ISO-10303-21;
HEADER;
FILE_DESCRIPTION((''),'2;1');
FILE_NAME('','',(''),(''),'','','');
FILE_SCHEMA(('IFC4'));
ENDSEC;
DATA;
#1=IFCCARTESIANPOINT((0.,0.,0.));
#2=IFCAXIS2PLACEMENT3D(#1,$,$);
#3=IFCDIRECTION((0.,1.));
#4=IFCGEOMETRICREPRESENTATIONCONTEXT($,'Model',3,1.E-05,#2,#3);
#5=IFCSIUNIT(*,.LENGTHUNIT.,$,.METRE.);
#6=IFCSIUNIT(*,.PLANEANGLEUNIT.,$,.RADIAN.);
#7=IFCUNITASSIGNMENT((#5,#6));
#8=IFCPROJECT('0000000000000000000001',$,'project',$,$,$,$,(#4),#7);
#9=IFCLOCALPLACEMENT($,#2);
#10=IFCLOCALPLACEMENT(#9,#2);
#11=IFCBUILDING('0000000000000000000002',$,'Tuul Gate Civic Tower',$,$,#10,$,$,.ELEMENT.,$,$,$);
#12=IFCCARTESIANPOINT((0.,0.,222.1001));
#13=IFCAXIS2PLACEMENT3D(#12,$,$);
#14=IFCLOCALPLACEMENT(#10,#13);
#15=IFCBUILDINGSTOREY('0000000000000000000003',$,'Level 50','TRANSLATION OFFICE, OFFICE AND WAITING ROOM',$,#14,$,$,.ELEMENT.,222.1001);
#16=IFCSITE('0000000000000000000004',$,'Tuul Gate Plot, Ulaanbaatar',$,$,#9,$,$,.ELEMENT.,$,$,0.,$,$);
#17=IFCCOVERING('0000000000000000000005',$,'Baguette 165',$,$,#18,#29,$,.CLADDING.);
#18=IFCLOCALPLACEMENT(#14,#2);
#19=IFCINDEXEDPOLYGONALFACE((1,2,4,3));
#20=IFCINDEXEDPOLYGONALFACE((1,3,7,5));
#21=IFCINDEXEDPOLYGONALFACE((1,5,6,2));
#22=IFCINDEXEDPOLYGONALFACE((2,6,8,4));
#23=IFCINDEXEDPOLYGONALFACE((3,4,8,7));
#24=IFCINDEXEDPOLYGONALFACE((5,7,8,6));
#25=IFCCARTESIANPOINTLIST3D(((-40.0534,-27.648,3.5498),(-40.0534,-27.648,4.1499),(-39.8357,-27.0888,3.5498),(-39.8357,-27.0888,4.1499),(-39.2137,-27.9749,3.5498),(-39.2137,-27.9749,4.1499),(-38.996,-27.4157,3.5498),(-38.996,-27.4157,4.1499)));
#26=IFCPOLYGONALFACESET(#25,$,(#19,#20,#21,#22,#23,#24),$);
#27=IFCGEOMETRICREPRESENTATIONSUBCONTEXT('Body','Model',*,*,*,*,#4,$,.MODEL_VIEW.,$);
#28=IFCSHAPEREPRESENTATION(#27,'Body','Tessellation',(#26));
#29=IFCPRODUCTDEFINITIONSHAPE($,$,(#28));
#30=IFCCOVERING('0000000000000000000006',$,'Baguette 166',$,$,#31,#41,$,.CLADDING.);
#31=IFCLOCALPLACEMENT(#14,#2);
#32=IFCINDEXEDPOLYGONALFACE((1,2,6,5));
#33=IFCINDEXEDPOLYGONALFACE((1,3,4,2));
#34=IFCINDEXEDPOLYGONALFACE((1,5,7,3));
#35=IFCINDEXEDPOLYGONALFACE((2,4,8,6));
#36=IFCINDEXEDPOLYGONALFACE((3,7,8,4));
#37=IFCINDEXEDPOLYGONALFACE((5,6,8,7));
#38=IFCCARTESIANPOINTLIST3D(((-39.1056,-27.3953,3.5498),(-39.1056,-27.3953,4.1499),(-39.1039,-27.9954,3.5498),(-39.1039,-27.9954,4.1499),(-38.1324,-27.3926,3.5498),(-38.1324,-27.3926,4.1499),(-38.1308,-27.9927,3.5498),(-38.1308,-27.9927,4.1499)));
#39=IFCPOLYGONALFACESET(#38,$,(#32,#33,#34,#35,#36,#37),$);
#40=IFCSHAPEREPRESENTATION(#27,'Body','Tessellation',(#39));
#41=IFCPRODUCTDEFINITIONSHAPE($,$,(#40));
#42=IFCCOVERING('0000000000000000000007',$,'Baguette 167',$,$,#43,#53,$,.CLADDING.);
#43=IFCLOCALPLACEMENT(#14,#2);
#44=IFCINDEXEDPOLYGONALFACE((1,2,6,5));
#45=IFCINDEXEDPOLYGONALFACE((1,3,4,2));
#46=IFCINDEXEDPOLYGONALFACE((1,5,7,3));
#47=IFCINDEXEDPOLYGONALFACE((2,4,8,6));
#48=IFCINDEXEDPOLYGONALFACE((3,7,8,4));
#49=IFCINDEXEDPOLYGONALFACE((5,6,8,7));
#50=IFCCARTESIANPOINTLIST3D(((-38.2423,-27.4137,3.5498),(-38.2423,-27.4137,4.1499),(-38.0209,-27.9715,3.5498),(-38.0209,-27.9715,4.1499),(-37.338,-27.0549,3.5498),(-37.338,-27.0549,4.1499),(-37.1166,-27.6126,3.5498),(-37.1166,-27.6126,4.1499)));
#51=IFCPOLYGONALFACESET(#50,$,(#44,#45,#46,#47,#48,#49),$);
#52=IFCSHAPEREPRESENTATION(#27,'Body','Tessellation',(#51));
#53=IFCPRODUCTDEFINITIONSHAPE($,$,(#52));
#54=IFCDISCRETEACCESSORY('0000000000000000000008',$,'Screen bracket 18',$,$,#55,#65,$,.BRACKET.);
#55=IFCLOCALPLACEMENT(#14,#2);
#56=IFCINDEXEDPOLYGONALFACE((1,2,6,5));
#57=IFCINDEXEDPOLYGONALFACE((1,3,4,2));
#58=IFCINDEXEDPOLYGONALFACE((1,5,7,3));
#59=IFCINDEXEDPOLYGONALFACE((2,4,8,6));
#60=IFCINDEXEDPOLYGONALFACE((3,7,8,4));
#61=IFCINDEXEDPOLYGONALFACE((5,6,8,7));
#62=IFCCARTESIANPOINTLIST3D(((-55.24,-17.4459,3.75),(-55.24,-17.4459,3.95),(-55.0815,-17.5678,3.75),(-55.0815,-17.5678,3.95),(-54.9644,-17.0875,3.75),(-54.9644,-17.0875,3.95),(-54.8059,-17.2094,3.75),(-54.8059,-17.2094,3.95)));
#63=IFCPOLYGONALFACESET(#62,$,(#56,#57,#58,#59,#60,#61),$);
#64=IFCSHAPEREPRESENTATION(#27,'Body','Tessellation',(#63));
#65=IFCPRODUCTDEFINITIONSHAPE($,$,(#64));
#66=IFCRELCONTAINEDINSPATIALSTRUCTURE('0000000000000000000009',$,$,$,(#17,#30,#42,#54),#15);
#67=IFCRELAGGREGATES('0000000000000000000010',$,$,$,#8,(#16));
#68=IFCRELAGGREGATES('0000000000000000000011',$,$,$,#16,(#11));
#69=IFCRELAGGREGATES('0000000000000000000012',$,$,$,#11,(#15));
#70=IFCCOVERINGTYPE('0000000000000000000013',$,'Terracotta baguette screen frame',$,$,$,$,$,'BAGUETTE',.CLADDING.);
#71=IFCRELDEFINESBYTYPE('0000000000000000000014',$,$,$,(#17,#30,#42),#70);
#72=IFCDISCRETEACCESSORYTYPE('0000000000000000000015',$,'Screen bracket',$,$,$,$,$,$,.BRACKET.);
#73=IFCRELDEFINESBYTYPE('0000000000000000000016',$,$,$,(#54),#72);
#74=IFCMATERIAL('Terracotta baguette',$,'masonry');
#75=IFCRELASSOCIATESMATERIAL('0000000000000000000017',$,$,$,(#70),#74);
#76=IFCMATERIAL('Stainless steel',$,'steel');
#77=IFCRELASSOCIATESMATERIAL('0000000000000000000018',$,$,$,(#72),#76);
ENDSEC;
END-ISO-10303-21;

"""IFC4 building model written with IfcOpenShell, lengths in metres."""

from ifc_helpers import new_model, si_unit, direction, frame, origin, origin_2d, place, context, subcontext, project, spatial, rectangle, extrude, material, material_profile, profile_set, type_object, element, save


model = new_model("IFC4")

# Units and contexts
model_context = context("Model", 3, precision=1e-05, world=origin(), true_north=direction((0.0, 1.0)))
body_context = subcontext(model_context, "Body", "Model", "MODEL_VIEW")
ifc_project = project(units=[si_unit("LENGTHUNIT", "METRE"), si_unit("PLANEANGLEUNIT", "RADIAN")], contexts=[model_context])

# Site, building, storey
site_placement = place(None, origin())
site = spatial("IfcSite", under=ifc_project, at=site_placement, Name="Tuul Gate Plot, Ulaanbaatar", CompositionType="ELEMENT", RefElevation=0.0)
building_placement = place(site_placement, origin())
building = spatial("IfcBuilding", under=site, at=building_placement, Name="Tuul Gate Civic Tower", CompositionType="ELEMENT")
storey_placement = place(building_placement, frame((0.0, 0.0, 222.1001)))
storey = spatial("IfcBuildingStorey", under=building, at=storey_placement, Name="Level 50", Description="TRANSLATION OFFICE, OFFICE AND WAITING ROOM", CompositionType="ELEMENT", Elevation=222.1001)

# Coverings
ifc_material_1 = material(Name="Terracotta baguette", Category="masonry")
ifc_material_profile_1 = material_profile(ifc_material_1, rectangle(XDim=0.6001, YDim=0.6001, at=origin_2d()), Name="Terracotta baguette screen frame")
ifc_profile_set_1 = profile_set([ifc_material_profile_1], Name="Terracotta baguette")
covering_type = type_object("IfcCoveringType", Name="Terracotta baguette screen frame", ElementType="BAGUETTE", PredefinedType="CLADDING", material=ifc_profile_set_1)
covering_1_placement = place(storey_placement, frame((-39.9446, -27.3684, 3.8499), z_axis=(0.931893, -0.362734, 0.0), x_axis=(0.362734, 0.931893, 0.0)))
element("IfcCovering", 1, at=covering_1_placement, inside=storey, type_object=covering_type, Name="Baguette 165", PredefinedType="CLADDING", context=body_context, shape_type="SweptSolid", body=[
    extrude(rectangle(XDim=0.6001, YDim=0.6001, at=origin_2d()), origin(), (0.0, 0.0, 1.0), 0.9011),
])
covering_2_placement = place(storey_placement, frame((-39.1047, -27.6953, 3.8499), z_axis=(0.999996, 0.00276, 0.0), x_axis=(-0.00276, 0.999996, 0.0)))
element("IfcCovering", 2, at=covering_2_placement, inside=storey, type_object=covering_type, Name="Baguette 166", PredefinedType="CLADDING", context=body_context, shape_type="SweptSolid", body=[
    extrude(rectangle(XDim=0.6001, YDim=0.6001, at=origin_2d()), origin(), (0.0, 0.0, 1.0), 0.9731),
])
covering_3_placement = place(storey_placement, frame((-38.1316, -27.6926, 3.8499), z_axis=(0.929477, 0.36888, 0.0), x_axis=(-0.36888, 0.929477, 0.0)))
element("IfcCovering", 3, at=covering_3_placement, inside=storey, type_object=covering_type, Name="Baguette 167", PredefinedType="CLADDING", context=body_context, shape_type="SweptSolid", body=[
    extrude(rectangle(XDim=0.6001, YDim=0.6001, at=origin_2d()), origin(), (0.0, 0.0, 1.0), 0.9729),
])

# Discrete accessory
ifc_material_2 = material(Name="Stainless steel", Category="steel")
discrete_accessory_type = type_object("IfcDiscreteAccessoryType", Name="Screen bracket", PredefinedType="BRACKET", material=ifc_material_2)
discrete_accessory_placement = place(storey_placement, frame((-55.0229, -17.3276, 3.75), z_axis=(0.0, 0.0, 1.0), x_axis=(-0.609613, -0.792699, 0.0)))
element("IfcDiscreteAccessory", 4, at=discrete_accessory_placement, inside=storey, type_object=discrete_accessory_type, Name="Screen bracket 18", PredefinedType="BRACKET", context=body_context, shape_type="SweptSolid", body=[
    extrude(rectangle(XDim=0.4521, YDim=0.2, at=origin_2d()), origin(), (0.0, 0.0, 1.0), 0.2),
])

save(model, "model.ifc")
